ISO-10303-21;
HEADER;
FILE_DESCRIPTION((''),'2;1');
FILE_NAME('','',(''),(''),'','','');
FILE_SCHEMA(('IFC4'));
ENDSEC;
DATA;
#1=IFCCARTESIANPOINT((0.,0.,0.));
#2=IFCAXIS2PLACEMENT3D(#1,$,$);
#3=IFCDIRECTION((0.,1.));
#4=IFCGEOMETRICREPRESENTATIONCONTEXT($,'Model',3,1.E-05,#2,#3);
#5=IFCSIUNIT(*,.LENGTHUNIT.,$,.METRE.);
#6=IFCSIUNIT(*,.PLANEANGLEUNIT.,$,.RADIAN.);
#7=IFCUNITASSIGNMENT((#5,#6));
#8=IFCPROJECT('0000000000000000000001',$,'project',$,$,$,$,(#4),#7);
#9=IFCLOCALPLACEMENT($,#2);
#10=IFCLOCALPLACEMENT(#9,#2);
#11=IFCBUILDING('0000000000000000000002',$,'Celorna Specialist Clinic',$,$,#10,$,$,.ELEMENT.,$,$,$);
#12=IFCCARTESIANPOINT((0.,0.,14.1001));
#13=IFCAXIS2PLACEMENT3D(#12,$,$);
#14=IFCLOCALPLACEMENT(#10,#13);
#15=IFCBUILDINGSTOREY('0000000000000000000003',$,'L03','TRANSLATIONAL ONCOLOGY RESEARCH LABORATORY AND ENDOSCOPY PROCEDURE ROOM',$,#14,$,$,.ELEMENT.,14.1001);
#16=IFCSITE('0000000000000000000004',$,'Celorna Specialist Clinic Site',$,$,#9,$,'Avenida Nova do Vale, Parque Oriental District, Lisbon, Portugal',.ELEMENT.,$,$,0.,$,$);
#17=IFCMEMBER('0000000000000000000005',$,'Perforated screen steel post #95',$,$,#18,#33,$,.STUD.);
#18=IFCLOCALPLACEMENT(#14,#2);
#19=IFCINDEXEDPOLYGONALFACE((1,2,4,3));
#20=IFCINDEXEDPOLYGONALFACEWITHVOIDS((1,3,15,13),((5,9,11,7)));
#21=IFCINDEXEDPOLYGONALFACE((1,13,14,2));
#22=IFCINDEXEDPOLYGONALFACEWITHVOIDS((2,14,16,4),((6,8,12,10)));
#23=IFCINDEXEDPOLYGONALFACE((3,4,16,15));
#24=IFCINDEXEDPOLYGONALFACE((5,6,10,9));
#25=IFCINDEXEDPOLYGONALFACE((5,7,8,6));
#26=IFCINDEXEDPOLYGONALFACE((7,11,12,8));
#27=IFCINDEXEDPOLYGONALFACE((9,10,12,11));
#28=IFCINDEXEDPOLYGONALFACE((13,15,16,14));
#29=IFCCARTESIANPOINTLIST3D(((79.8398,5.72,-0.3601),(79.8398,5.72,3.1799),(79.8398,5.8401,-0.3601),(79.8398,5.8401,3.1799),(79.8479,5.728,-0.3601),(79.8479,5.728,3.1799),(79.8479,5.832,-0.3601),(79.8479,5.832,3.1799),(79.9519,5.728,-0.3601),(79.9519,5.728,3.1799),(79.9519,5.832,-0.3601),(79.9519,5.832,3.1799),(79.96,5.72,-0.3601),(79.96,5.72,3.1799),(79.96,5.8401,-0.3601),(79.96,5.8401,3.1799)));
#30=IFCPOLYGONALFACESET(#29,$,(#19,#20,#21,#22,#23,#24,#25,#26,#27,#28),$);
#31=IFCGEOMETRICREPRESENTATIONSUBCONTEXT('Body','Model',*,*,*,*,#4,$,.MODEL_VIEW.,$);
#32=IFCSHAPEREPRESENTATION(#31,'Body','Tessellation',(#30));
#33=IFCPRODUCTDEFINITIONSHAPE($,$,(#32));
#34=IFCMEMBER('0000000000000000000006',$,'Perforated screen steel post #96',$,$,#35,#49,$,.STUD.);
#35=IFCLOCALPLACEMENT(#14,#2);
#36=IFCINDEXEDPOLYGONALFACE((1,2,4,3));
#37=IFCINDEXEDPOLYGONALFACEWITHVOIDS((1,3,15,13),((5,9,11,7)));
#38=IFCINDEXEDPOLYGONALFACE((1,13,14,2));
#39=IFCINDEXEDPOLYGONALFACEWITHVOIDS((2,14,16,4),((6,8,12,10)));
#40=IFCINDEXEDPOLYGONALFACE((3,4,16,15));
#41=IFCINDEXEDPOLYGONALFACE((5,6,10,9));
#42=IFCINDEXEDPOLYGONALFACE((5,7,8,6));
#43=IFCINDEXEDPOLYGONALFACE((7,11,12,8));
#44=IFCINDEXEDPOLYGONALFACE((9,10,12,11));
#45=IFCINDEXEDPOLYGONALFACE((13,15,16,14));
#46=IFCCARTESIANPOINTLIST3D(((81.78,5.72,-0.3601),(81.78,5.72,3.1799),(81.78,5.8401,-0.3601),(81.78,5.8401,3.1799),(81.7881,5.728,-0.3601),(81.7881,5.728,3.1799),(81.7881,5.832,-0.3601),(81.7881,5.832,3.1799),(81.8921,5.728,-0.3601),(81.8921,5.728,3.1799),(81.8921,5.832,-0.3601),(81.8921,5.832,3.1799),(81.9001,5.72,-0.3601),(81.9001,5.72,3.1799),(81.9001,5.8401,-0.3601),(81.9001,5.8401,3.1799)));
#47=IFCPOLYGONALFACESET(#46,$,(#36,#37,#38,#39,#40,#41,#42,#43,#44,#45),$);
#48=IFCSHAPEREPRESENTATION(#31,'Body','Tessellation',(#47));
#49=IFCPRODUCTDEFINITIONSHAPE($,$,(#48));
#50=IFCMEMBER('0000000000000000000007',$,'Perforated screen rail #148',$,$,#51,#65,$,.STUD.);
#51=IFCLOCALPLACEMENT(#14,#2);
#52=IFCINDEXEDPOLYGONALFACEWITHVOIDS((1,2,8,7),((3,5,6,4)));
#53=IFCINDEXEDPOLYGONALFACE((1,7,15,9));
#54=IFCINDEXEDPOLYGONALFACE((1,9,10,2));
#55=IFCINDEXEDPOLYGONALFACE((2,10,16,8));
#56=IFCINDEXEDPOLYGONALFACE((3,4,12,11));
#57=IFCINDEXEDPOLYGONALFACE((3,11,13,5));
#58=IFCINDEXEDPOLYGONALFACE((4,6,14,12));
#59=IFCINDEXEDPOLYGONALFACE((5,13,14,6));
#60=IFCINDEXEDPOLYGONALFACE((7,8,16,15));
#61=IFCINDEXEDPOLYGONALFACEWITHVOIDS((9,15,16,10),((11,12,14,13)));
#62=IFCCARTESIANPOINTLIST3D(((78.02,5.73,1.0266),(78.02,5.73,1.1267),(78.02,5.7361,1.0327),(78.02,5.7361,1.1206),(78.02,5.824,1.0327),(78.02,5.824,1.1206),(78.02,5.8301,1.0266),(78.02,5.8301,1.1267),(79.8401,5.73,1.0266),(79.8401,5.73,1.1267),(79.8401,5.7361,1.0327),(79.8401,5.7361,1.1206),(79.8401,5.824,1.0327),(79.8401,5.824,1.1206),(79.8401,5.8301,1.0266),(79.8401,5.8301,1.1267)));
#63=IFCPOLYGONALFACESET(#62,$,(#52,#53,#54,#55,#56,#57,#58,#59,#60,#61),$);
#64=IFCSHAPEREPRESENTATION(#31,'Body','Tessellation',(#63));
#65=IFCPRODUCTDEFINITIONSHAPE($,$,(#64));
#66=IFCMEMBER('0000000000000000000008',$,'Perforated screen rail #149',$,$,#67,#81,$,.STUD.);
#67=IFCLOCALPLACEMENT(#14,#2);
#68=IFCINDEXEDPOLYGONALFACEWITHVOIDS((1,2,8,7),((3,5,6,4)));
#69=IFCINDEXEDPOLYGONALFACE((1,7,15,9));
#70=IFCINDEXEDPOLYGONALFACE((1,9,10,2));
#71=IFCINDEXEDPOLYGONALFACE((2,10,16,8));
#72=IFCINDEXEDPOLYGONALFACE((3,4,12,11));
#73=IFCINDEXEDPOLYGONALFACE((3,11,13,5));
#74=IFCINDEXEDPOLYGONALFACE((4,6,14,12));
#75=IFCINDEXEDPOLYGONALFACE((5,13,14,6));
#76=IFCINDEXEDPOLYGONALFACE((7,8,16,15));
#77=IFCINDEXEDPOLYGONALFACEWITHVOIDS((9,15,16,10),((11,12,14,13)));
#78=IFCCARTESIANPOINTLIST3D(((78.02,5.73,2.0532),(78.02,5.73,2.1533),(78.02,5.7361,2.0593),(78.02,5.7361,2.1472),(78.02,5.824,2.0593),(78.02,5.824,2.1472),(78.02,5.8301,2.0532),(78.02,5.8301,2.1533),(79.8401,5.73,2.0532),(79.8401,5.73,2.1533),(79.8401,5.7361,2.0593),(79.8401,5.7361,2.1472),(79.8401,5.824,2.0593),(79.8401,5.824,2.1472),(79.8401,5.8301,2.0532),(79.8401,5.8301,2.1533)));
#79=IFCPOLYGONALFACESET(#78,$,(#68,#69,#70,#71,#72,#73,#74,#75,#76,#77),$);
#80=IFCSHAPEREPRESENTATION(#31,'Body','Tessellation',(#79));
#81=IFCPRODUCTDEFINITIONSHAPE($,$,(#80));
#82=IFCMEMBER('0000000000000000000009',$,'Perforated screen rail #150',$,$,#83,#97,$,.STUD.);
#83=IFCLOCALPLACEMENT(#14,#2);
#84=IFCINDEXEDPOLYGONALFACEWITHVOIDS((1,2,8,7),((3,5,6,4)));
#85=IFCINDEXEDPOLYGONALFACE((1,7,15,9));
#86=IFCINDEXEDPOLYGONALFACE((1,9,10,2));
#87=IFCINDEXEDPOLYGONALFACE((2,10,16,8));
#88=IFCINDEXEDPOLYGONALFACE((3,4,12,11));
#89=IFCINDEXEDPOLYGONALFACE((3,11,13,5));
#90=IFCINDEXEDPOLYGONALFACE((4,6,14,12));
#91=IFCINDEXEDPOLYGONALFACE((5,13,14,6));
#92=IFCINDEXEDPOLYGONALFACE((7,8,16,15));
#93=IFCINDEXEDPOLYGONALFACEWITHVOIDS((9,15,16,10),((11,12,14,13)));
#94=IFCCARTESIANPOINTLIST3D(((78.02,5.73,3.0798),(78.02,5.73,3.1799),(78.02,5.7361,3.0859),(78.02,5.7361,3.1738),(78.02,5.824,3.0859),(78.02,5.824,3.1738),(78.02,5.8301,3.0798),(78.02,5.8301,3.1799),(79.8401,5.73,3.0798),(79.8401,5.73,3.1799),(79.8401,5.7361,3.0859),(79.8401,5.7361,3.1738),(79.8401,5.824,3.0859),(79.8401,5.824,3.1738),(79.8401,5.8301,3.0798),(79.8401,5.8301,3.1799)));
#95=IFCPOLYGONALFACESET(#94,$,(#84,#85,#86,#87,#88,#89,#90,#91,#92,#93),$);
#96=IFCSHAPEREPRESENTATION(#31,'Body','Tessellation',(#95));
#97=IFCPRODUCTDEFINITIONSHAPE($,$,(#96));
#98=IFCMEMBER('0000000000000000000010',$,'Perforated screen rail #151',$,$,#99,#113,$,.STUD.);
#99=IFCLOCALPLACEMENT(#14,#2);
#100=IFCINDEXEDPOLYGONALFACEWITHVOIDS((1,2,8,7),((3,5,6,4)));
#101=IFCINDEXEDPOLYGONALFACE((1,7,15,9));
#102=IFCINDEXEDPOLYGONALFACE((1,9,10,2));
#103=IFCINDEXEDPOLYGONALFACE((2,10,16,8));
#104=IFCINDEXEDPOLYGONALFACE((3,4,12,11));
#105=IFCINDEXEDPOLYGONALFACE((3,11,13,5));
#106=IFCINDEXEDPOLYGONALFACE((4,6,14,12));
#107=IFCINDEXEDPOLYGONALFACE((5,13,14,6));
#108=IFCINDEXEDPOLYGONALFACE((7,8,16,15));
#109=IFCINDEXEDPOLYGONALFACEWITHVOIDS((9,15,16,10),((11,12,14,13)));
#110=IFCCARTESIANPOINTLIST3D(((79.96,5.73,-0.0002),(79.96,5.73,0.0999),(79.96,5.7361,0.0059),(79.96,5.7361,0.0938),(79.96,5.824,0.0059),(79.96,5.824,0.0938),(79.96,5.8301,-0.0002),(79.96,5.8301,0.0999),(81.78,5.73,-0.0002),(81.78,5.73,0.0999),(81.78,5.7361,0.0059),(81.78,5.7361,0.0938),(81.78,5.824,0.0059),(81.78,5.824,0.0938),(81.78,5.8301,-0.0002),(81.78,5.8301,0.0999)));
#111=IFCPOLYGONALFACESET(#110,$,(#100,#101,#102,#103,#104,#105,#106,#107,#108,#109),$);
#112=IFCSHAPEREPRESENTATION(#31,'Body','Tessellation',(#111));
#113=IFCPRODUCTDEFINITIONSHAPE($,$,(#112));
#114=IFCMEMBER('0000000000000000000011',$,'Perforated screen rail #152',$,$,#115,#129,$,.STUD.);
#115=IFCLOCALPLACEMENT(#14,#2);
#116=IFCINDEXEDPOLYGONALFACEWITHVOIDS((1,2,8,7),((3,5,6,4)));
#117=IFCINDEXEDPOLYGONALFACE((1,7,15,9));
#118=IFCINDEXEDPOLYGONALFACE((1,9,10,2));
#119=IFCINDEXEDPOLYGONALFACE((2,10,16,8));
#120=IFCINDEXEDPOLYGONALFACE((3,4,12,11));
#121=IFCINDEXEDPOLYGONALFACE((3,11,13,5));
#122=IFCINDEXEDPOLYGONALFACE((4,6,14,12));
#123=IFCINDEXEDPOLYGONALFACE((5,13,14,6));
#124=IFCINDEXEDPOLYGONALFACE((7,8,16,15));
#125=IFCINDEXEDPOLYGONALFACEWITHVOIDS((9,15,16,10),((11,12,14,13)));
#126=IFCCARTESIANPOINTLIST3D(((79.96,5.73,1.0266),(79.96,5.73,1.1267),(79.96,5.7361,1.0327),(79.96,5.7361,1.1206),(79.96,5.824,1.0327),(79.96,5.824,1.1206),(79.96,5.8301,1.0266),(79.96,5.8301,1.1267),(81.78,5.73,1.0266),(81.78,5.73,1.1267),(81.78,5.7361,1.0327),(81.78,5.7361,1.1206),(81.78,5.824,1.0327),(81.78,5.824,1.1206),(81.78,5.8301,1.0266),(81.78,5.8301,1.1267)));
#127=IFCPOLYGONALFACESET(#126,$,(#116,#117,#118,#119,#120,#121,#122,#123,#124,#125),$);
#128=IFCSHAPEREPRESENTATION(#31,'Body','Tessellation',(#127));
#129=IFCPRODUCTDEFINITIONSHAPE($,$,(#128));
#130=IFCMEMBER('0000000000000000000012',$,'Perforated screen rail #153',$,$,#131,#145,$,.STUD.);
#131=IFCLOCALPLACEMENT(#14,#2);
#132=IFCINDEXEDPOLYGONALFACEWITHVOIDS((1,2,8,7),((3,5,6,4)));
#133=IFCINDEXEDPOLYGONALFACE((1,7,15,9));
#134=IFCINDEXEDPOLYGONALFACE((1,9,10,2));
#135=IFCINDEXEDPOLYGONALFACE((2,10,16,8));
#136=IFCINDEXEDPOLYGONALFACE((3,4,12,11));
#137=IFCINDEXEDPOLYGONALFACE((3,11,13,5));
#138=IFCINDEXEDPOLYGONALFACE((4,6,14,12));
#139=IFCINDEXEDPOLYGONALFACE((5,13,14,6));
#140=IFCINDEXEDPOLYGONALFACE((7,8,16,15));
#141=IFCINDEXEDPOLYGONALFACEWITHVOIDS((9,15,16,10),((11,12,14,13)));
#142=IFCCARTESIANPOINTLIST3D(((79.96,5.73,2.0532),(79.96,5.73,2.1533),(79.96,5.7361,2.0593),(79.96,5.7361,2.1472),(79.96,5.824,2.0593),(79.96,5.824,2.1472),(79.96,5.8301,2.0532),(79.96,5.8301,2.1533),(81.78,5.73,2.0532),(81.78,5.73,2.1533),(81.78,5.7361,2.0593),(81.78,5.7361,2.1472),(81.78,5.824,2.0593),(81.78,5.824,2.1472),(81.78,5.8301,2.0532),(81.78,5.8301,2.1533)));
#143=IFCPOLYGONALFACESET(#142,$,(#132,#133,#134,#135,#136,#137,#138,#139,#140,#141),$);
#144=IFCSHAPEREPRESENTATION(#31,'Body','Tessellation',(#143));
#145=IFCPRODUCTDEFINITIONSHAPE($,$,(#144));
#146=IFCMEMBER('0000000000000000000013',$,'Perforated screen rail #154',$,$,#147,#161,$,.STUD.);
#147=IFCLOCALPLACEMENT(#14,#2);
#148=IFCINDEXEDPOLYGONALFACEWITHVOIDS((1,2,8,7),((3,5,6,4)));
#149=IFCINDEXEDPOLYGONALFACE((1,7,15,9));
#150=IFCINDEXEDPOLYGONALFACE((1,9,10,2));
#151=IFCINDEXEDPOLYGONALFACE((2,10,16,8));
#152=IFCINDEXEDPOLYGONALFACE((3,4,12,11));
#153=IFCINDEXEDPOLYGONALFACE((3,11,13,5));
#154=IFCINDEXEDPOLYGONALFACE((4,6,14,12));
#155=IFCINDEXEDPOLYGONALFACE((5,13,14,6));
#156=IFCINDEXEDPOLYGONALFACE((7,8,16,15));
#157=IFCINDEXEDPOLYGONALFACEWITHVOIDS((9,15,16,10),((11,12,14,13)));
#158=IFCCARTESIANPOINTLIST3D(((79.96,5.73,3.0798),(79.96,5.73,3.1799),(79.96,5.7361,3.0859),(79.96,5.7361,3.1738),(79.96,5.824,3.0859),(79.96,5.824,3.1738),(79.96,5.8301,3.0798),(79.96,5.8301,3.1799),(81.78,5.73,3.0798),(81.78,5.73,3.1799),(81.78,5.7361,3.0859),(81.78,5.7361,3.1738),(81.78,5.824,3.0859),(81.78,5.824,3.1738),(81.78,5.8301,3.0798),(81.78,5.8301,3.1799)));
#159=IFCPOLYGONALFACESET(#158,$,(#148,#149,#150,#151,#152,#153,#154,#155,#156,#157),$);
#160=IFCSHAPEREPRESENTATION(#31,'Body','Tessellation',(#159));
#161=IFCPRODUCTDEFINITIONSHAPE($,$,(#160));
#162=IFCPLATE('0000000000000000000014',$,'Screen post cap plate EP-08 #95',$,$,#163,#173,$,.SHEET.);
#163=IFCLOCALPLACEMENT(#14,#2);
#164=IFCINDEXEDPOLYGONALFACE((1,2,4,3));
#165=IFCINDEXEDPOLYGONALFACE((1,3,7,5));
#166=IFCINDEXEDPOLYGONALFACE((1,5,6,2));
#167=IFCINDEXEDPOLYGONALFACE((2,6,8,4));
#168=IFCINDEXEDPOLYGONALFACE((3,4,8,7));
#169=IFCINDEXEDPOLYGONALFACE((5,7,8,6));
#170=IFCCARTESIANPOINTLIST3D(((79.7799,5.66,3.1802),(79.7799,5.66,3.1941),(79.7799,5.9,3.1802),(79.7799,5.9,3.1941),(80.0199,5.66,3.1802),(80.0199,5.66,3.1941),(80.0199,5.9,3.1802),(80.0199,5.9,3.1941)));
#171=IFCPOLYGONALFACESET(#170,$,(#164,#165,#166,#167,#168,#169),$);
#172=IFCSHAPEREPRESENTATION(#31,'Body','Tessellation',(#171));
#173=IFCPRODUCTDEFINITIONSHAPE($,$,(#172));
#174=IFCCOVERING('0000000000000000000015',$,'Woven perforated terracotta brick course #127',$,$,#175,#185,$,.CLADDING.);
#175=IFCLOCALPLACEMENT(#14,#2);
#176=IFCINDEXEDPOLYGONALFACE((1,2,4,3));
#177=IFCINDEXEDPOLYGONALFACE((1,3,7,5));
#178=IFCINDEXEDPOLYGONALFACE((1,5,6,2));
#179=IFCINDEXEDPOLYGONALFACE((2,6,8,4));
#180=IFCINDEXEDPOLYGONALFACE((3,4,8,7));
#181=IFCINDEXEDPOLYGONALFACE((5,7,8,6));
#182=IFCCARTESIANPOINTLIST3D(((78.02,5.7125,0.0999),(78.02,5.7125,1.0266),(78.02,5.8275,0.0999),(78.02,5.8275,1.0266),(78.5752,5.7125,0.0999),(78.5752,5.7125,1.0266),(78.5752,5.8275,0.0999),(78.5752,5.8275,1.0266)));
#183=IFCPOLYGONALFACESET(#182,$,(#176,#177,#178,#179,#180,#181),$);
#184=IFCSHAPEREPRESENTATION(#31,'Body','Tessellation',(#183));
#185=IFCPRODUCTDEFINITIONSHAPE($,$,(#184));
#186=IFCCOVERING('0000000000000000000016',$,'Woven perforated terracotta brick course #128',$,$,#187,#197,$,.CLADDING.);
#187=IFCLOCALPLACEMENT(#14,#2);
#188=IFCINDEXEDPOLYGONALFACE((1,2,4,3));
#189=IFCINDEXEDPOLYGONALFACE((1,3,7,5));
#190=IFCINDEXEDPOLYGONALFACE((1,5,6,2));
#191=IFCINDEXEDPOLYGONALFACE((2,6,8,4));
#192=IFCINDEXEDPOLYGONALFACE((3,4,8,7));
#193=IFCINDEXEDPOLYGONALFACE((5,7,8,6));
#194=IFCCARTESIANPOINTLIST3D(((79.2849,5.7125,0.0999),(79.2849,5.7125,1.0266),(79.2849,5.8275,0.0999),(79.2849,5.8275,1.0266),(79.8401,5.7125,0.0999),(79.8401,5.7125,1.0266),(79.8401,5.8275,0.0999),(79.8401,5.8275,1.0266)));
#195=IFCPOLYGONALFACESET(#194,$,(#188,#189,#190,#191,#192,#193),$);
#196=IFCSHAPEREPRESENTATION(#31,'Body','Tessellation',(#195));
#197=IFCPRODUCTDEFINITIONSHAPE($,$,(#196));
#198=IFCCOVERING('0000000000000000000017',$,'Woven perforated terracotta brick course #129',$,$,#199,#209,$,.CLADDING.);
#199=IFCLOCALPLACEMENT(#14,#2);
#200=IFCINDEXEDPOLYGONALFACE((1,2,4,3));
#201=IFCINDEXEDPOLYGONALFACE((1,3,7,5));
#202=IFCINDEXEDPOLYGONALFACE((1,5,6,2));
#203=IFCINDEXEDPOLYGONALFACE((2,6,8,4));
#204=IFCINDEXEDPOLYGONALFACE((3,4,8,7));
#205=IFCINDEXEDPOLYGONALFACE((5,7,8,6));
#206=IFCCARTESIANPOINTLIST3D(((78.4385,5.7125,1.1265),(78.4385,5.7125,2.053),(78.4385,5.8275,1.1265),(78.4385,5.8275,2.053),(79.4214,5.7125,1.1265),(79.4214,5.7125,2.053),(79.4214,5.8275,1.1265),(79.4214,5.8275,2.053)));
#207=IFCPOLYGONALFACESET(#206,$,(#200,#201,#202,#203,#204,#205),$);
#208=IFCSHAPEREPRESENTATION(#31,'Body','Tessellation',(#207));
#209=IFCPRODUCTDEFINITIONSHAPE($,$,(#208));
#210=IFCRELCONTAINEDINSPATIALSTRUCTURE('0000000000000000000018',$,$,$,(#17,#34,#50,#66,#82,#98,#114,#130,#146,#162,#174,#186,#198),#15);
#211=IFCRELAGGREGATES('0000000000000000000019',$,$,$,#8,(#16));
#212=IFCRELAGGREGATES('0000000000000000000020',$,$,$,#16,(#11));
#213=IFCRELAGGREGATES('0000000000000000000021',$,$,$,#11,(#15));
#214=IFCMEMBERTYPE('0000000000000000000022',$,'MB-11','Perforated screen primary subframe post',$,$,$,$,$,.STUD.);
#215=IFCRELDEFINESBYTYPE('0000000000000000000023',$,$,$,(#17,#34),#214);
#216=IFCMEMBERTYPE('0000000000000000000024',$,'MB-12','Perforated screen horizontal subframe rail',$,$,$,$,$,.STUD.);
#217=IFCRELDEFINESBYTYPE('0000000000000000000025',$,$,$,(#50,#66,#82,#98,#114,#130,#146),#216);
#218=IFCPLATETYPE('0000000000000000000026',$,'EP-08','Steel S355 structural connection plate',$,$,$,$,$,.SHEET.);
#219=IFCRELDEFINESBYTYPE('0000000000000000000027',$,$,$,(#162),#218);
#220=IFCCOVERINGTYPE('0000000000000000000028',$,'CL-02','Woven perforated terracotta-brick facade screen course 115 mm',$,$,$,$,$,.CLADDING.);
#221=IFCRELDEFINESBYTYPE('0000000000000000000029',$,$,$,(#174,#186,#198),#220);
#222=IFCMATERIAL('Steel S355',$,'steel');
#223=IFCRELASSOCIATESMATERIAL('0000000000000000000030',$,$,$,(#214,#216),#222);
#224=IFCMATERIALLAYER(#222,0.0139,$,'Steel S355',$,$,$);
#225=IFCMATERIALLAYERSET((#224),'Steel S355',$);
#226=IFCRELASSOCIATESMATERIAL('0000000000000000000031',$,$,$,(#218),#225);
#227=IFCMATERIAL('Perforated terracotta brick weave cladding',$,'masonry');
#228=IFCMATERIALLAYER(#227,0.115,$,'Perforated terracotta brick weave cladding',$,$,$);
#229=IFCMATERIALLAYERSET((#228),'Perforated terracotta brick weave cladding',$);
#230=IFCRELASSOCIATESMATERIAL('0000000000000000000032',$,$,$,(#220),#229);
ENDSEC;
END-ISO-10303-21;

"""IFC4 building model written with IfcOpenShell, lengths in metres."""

from ifc_helpers import new_model, si_unit, direction, frame, origin, origin_2d, place, context, subcontext, project, spatial, rectangle, hollow_rectangle, extrude, material, layer, layer_set, material_profile, profile_set, type_object, element, save


model = new_model("IFC4")

# Units and contexts
model_context = context("Model", 3, precision=1e-05, world=origin(), true_north=direction((0.0, 1.0)))
body_context = subcontext(model_context, "Body", "Model", "MODEL_VIEW")
ifc_project = project(units=[si_unit("LENGTHUNIT", "METRE"), si_unit("PLANEANGLEUNIT", "RADIAN")], contexts=[model_context])

# Site, building, storey
site_placement = place(None, origin())
site = spatial("IfcSite", under=ifc_project, at=site_placement, Name="Celorna Specialist Clinic Site", LongName="Avenida Nova do Vale, Parque Oriental District, Lisbon, Portugal", CompositionType="ELEMENT", RefElevation=0.0)
building_placement = place(site_placement, origin())
building = spatial("IfcBuilding", under=site, at=building_placement, Name="Celorna Specialist Clinic", CompositionType="ELEMENT")
storey_placement = place(building_placement, frame((0.0, 0.0, 14.1001)))
storey = spatial("IfcBuildingStorey", under=building, at=storey_placement, Name="L03", Description="TRANSLATIONAL ONCOLOGY RESEARCH LABORATORY AND ENDOSCOPY PROCEDURE ROOM", CompositionType="ELEMENT", Elevation=14.1001)

# Members
ifc_material_1 = material(Name="Steel S355", Category="steel")
ifc_material_profile_1 = material_profile(ifc_material_1, hollow_rectangle(XDim=0.1201, YDim=0.1201, WallThickness=0.0081, at=origin_2d()), Name="SHS 120x120x8")
ifc_profile_set_1 = profile_set([ifc_material_profile_1], Name="Steel S355")
member_type_1 = type_object("IfcMemberType", Name="MB-11", Description="Perforated screen primary subframe post", PredefinedType="STUD", material=ifc_profile_set_1)
for number, where, z_axis, x_axis, name in (
    (1, (79.8999, 5.78, -0.3601), (0.0, 0.0, 1.0), (1.0, 0.0, 0.0), "Perforated screen steel post #95"),
    (2, (81.8401, 5.78, -0.3601), (0.0, 0.0, 1.0), (1.0, 0.0, 0.0), "Perforated screen steel post #96"),
):
    element("IfcMember", number, at=place(storey_placement, frame(where, z_axis=z_axis, x_axis=x_axis)), inside=storey, type_object=member_type_1, Name=name, PredefinedType="STUD", context=body_context, shape_type="SweptSolid", body=[
        extrude(hollow_rectangle(XDim=0.1201, YDim=0.1201, WallThickness=0.0081, at=origin_2d()), origin(), (0.0, 0.0, 1.0), 3.54),
    ])
ifc_material_profile_2 = material_profile(ifc_material_1, hollow_rectangle(XDim=0.1001, YDim=0.1001, WallThickness=0.0061, at=origin_2d()), Name="SHS 100x100x6")
ifc_profile_set_2 = profile_set([ifc_material_profile_2], Name="Steel S355")
member_type_2 = type_object("IfcMemberType", Name="MB-12", Description="Perforated screen horizontal subframe rail", PredefinedType="STUD", material=ifc_profile_set_2)
for number, where, z_axis, x_axis, name in (
    (3, (78.02, 5.78, 1.0767), (1.0, 0.0, 0.0), (0.0, 1.0, 0.0), "Perforated screen rail #148"),
    (4, (78.02, 5.78, 2.1033), (1.0, 0.0, 0.0), (0.0, 1.0, 0.0), "Perforated screen rail #149"),
    (5, (78.02, 5.78, 3.1299), (1.0, 0.0, 0.0), (0.0, 1.0, 0.0), "Perforated screen rail #150"),
    (6, (79.96, 5.78, 0.0498), (1.0, 0.0, 0.0), (0.0, 1.0, 0.0), "Perforated screen rail #151"),
    (7, (79.96, 5.78, 1.0767), (1.0, 0.0, 0.0), (0.0, 1.0, 0.0), "Perforated screen rail #152"),
    (8, (79.96, 5.78, 2.1033), (1.0, 0.0, 0.0), (0.0, 1.0, 0.0), "Perforated screen rail #153"),
    (9, (79.96, 5.78, 3.1299), (1.0, 0.0, 0.0), (0.0, 1.0, 0.0), "Perforated screen rail #154"),
):
    element("IfcMember", number, at=place(storey_placement, frame(where, z_axis=z_axis, x_axis=x_axis)), inside=storey, type_object=member_type_2, Name=name, PredefinedType="STUD", context=body_context, shape_type="SweptSolid", body=[
        extrude(hollow_rectangle(XDim=0.1001, YDim=0.1001, WallThickness=0.0061, at=origin_2d()), origin(), (0.0, 0.0, 1.0), 1.8201),
    ])

# Plate
ifc_layer_1 = layer(ifc_material_1, 0.0139, Name="Steel S355")
ifc_layer_set_1 = layer_set([ifc_layer_1], Name="Steel S355")
plate_type = type_object("IfcPlateType", Name="EP-08", Description="Steel S355 structural connection plate", PredefinedType="SHEET", material=ifc_layer_set_1)
plate_placement = place(storey_placement, frame((79.8999, 5.78, 3.1802), z_axis=(0.0, 0.0, 1.0), x_axis=(1.0, 0.0, 0.0)))
element("IfcPlate", 10, at=plate_placement, inside=storey, type_object=plate_type, Name="Screen post cap plate EP-08 #95", PredefinedType="SHEET", context=body_context, shape_type="SweptSolid", body=[
    extrude(rectangle(XDim=0.24, YDim=0.24, at=origin_2d()), origin(), (0.0, 0.0, 1.0), 0.0139),
])

# Coverings
ifc_material_2 = material(Name="Perforated terracotta brick weave cladding", Category="masonry")
ifc_layer_2 = layer(ifc_material_2, 0.115, Name="Perforated terracotta brick weave cladding")
ifc_layer_set_2 = layer_set([ifc_layer_2], Name="Perforated terracotta brick weave cladding")
covering_type = type_object("IfcCoveringType", Name="CL-02", Description="Woven perforated terracotta-brick facade screen course 115 mm", PredefinedType="CLADDING", material=ifc_layer_set_2)
for number, where, z_axis, x_axis, name in (
    (11, (78.2976, 5.77, 0.0999), (0.0, 0.0, 1.0), (1.0, 0.0, 0.0), "Woven perforated terracotta brick course #127"),
    (12, (79.5625, 5.77, 0.0999), (0.0, 0.0, 1.0), (1.0, 0.0, 0.0), "Woven perforated terracotta brick course #128"),
):
    element("IfcCovering", number, at=place(storey_placement, frame(where, z_axis=z_axis, x_axis=x_axis)), inside=storey, type_object=covering_type, Name=name, PredefinedType="CLADDING", context=body_context, shape_type="SweptSolid", body=[
        extrude(rectangle(XDim=0.5552, YDim=0.115, at=origin_2d()), origin(), (0.0, 0.0, 1.0), 0.9268),
    ])
covering_1_placement = place(storey_placement, frame((78.9299, 5.77, 1.1265), z_axis=(0.0, 0.0, 1.0), x_axis=(1.0, 0.0, 0.0)))
element("IfcCovering", 13, at=covering_1_placement, inside=storey, type_object=covering_type, Name="Woven perforated terracotta brick course #129", PredefinedType="CLADDING", context=body_context, shape_type="SweptSolid", body=[
    extrude(rectangle(XDim=0.9829, YDim=0.115, at=origin_2d()), origin(), (0.0, 0.0, 1.0), 0.9265),
])

save(model, "model.ifc")
